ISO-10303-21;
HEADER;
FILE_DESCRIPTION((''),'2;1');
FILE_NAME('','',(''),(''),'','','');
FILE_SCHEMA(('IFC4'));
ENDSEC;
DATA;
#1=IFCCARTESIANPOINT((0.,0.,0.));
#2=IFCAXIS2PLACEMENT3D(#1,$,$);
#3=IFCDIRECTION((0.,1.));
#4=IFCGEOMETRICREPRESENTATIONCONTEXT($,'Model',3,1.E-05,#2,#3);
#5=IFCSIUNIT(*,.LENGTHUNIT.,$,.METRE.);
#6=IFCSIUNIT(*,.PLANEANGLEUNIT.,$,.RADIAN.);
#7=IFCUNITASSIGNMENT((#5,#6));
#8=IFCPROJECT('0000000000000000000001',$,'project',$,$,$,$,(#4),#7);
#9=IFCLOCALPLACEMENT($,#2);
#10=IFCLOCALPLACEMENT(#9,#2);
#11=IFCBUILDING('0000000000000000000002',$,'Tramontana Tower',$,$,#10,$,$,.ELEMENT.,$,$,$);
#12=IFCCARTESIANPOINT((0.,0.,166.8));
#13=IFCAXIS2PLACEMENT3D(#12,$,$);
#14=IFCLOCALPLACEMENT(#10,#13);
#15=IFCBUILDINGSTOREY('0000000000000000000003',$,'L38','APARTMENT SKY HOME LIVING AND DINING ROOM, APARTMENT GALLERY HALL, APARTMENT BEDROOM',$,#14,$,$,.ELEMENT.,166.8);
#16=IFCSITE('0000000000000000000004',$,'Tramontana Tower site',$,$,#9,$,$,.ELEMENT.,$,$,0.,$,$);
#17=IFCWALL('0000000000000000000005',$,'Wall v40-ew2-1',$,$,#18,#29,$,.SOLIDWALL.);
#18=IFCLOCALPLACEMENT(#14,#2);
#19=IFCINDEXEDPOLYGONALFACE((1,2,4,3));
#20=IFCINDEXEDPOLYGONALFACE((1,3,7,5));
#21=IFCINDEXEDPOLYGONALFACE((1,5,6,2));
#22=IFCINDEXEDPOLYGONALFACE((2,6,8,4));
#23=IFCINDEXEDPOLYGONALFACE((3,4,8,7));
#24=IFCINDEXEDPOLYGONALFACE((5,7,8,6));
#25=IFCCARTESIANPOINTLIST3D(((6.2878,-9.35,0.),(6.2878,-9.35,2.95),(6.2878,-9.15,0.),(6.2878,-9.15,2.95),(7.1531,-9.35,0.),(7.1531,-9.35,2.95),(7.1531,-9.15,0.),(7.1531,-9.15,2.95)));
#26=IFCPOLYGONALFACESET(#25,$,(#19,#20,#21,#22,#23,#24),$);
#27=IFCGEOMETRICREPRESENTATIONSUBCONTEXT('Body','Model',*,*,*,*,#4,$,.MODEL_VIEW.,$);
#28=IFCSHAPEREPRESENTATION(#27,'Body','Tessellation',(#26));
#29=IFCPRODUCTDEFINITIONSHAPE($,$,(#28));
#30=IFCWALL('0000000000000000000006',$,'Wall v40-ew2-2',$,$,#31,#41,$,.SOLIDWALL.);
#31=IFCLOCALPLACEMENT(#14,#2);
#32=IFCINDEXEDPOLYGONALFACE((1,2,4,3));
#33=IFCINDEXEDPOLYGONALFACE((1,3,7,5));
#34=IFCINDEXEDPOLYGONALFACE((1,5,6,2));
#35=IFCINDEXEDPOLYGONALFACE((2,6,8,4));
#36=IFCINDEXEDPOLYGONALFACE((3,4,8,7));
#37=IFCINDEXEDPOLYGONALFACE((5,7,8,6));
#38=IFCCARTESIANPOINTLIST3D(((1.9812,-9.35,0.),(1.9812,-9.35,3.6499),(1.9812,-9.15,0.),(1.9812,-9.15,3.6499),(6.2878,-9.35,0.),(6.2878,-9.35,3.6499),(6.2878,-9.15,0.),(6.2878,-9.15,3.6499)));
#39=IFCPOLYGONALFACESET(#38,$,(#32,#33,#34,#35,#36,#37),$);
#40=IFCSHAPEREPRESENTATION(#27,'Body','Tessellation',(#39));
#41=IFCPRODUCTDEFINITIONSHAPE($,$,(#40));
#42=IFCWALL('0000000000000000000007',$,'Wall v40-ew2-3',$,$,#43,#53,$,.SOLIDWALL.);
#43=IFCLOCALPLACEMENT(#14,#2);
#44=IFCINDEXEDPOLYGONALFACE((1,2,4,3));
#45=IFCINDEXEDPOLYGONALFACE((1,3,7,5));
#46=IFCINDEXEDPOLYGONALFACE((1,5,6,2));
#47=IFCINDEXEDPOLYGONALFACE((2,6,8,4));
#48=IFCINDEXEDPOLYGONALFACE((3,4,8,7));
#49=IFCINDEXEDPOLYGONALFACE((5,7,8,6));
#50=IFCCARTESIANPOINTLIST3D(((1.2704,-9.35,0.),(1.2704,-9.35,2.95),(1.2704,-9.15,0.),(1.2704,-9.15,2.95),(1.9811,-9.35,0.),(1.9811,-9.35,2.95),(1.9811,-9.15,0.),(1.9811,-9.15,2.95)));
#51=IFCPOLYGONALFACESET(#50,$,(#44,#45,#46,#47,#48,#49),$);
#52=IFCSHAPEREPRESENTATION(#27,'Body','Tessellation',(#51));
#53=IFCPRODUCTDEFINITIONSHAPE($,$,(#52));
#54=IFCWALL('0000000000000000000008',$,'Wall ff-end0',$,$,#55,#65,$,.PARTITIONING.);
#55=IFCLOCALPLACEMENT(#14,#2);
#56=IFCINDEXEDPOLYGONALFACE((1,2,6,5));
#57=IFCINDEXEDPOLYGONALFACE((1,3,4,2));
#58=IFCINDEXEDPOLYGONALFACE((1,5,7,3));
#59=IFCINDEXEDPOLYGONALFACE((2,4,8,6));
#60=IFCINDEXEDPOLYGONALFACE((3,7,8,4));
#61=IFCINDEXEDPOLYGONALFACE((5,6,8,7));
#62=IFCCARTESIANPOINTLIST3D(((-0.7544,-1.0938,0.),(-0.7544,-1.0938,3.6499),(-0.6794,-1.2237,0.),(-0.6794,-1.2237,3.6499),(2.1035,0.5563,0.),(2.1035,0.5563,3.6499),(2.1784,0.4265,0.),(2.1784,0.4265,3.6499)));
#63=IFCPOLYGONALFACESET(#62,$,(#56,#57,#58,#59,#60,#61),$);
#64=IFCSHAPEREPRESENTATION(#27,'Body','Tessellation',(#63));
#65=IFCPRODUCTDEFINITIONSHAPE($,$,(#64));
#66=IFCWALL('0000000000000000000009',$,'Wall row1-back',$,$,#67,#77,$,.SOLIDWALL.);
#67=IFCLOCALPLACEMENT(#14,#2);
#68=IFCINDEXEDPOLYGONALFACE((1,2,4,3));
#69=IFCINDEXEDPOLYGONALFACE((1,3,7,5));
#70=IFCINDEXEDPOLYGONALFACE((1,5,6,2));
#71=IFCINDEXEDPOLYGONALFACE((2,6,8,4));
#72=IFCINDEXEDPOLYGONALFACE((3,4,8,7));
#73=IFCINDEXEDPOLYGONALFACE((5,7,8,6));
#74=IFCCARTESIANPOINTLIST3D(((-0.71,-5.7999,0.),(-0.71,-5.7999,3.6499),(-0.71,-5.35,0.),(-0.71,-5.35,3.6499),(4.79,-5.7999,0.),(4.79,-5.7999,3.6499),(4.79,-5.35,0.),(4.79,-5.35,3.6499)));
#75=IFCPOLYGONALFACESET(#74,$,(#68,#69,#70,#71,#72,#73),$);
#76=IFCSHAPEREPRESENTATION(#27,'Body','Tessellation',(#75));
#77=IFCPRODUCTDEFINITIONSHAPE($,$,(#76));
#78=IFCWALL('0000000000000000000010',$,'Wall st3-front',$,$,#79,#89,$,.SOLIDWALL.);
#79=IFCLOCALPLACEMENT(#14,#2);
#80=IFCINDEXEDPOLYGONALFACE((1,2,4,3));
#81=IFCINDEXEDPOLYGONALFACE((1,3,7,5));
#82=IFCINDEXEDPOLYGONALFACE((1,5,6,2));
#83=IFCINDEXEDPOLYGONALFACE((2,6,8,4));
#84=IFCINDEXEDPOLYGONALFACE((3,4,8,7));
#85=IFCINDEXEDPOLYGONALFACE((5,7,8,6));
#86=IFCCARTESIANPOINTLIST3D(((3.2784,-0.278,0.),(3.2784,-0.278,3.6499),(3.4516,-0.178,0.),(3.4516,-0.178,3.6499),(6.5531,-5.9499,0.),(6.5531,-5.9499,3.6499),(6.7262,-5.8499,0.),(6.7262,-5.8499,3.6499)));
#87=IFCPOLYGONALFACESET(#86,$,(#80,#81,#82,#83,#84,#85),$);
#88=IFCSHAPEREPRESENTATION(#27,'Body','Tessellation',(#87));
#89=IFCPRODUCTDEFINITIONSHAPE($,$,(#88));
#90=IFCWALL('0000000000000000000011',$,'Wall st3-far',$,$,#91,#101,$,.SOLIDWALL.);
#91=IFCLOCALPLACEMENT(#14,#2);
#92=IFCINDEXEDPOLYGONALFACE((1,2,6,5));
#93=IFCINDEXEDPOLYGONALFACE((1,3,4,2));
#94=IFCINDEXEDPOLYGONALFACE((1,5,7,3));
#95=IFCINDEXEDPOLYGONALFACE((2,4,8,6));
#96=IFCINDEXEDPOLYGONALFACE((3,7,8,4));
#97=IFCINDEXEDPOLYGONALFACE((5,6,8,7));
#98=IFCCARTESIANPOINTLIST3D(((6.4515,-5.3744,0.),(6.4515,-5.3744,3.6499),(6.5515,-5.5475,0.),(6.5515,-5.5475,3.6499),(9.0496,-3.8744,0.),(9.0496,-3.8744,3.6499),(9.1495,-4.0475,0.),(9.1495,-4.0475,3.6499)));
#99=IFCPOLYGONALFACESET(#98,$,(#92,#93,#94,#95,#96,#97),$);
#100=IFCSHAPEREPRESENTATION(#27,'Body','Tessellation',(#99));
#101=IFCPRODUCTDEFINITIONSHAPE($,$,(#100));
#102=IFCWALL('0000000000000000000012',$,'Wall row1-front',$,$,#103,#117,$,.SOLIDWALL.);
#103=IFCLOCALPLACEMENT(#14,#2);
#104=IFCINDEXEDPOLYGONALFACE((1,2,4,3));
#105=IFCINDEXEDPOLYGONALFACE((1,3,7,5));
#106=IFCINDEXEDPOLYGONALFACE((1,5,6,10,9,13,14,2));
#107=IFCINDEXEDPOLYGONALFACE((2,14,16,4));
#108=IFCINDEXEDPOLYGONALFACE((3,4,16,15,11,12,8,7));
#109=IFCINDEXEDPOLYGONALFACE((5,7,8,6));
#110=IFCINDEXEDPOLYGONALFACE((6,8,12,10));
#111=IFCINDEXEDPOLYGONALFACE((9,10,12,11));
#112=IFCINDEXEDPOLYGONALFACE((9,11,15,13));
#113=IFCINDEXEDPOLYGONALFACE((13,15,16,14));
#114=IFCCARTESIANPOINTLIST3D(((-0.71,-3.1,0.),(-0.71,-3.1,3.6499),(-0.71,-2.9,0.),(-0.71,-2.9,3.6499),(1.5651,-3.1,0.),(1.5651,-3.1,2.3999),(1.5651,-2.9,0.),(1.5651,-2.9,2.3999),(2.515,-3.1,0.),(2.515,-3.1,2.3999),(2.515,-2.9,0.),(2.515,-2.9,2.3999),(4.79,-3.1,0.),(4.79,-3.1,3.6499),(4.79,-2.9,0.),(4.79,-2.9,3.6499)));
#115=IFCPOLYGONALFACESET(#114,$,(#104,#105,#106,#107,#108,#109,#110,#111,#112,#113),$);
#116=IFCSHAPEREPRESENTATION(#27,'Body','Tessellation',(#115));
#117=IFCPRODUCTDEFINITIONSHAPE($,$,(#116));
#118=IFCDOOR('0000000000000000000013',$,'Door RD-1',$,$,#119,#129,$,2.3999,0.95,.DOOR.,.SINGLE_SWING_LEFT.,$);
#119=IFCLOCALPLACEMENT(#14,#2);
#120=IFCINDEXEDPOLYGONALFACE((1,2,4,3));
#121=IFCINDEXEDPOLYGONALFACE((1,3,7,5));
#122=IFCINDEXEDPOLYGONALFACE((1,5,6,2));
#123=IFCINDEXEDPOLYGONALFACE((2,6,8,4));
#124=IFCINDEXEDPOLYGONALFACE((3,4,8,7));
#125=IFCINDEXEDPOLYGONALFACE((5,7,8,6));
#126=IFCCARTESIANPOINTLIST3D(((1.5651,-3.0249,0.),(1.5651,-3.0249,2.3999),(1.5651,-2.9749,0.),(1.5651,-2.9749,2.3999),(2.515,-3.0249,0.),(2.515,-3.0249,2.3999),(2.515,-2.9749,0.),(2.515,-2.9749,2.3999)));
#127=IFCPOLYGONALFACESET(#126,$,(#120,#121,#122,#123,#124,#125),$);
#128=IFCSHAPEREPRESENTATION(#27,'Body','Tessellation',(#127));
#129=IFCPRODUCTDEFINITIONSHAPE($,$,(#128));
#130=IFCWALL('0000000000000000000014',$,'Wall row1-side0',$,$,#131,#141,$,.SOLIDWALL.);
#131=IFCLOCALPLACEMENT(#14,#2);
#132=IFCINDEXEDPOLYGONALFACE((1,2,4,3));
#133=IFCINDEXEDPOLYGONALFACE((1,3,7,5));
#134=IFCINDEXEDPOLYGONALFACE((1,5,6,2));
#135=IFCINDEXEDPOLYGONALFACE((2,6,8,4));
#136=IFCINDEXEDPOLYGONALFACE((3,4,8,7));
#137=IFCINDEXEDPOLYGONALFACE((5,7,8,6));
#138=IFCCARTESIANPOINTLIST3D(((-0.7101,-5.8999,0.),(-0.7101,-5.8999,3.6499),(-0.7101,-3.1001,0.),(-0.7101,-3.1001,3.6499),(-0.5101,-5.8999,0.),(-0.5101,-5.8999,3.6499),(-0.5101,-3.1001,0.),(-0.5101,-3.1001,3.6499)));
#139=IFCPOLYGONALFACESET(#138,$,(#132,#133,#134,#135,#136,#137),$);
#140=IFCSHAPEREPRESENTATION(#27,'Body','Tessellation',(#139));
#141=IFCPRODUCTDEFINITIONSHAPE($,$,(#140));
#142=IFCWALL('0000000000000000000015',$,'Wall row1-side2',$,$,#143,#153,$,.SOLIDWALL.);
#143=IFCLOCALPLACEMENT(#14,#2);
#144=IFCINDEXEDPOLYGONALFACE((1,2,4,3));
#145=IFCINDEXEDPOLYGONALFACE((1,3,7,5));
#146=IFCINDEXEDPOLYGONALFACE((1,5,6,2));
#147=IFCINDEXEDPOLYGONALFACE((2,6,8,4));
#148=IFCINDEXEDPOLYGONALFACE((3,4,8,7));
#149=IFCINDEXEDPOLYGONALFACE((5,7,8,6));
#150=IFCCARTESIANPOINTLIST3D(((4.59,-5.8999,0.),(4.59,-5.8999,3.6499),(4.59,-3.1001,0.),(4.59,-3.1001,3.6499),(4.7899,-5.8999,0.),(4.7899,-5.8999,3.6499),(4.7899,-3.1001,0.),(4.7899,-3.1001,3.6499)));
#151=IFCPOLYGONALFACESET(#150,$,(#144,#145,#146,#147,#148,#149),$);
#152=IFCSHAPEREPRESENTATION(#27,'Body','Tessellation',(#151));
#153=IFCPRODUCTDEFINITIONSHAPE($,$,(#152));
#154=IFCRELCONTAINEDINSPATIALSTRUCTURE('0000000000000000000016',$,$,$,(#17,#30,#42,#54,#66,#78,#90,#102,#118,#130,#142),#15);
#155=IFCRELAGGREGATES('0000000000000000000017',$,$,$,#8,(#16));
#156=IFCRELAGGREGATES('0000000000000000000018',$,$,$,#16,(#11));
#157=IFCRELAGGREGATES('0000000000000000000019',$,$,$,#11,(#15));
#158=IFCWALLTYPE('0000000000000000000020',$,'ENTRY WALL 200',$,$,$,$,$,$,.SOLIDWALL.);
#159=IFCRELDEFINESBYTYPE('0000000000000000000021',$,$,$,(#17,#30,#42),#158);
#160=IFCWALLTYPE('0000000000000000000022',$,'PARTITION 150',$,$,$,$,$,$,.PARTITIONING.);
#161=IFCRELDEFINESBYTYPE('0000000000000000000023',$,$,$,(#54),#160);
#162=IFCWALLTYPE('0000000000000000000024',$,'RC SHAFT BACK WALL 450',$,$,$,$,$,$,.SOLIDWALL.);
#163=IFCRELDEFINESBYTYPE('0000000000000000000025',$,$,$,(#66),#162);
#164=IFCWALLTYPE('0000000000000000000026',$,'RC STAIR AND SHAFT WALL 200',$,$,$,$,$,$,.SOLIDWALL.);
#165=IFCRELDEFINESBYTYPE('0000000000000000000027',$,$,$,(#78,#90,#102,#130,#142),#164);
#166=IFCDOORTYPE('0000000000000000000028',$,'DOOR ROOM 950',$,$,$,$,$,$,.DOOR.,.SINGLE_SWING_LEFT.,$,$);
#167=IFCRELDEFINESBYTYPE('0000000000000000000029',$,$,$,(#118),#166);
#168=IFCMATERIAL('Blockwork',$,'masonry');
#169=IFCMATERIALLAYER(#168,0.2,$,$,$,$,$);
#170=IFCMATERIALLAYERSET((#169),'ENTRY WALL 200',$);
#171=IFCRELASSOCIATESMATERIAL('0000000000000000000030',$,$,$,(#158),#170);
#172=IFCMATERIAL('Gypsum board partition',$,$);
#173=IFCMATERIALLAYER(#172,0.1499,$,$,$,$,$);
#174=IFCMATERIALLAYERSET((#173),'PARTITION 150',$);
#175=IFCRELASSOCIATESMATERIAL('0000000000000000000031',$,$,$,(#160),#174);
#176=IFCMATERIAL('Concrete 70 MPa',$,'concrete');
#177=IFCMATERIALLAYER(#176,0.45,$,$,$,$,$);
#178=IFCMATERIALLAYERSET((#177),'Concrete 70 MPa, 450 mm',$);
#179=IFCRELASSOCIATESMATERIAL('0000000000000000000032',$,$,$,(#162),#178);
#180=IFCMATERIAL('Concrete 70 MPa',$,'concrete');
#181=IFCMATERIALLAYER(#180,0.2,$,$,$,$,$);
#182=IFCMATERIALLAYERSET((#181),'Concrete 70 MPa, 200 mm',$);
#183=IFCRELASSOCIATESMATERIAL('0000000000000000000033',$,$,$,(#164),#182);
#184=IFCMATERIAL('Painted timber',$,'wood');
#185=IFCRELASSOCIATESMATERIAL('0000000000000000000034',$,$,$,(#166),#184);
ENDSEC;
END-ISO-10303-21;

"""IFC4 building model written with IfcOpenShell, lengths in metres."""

from ifc_helpers import new_model, si_unit, direction, frame, frame_2d, origin, place, context, subcontext, project, spatial, rectangle, extrude, material, layer, layer_set, type_object, element, fill, save


model = new_model("IFC4")

# Units and contexts
model_context = context("Model", 3, precision=1e-05, world=origin(), true_north=direction((0.0, 1.0)))
body_context = subcontext(model_context, "Body", "Model", "MODEL_VIEW")
ifc_project = project(units=[si_unit("LENGTHUNIT", "METRE"), si_unit("PLANEANGLEUNIT", "RADIAN")], contexts=[model_context])

# Site, building, storey
site_placement = place(None, origin())
site = spatial("IfcSite", under=ifc_project, at=site_placement, Name="Tramontana Tower site", CompositionType="ELEMENT", RefElevation=0.0)
building_placement = place(site_placement, origin())
building = spatial("IfcBuilding", under=site, at=building_placement, Name="Tramontana Tower", CompositionType="ELEMENT")
storey_placement = place(building_placement, frame((0.0, 0.0, 166.8)))
storey = spatial("IfcBuildingStorey", under=building, at=storey_placement, Name="L38", Description="APARTMENT SKY HOME LIVING AND DINING ROOM, APARTMENT GALLERY HALL, APARTMENT BEDROOM", CompositionType="ELEMENT", Elevation=166.8)

# Walls
ifc_material_1 = material(Name="Blockwork", Category="masonry")
ifc_layer_1 = layer(ifc_material_1, 0.2)
ifc_layer_set_1 = layer_set([ifc_layer_1], Name="ENTRY WALL 200")
wall_type_1 = type_object("IfcWallType", Name="ENTRY WALL 200", PredefinedType="SOLIDWALL", material=ifc_layer_set_1)
wall_1_placement = place(storey_placement, frame((7.1531, -9.25, 0.0), z_axis=(0.0, 0.0, 1.0), x_axis=(-1.0, 0.0, 0.0)))
element("IfcWall", 1, at=wall_1_placement, inside=storey, type_object=wall_type_1, Name="Wall v40-ew2-1", PredefinedType="SOLIDWALL", context=body_context, shape_type="SweptSolid", body=[
    extrude(rectangle(XDim=0.8652, YDim=0.2, at=frame_2d((0.4326, 0.0))), origin(), (0.0, 0.0, 1.0), 2.95),
])
wall_2_placement = place(storey_placement, frame((6.2878, -9.25, 0.0), z_axis=(0.0, 0.0, 1.0), x_axis=(-1.0, 0.0, 0.0)))
element("IfcWall", 2, at=wall_2_placement, inside=storey, type_object=wall_type_1, Name="Wall v40-ew2-2", PredefinedType="SOLIDWALL", context=body_context, shape_type="SweptSolid", body=[
    extrude(rectangle(XDim=4.3066, YDim=0.2, at=frame_2d((2.1533, 0.0))), origin(), (0.0, 0.0, 1.0), 3.6499),
])
wall_3_placement = place(storey_placement, frame((1.9812, -9.25, 0.0), z_axis=(0.0, 0.0, 1.0), x_axis=(-1.0, 0.0, 0.0)))
element("IfcWall", 3, at=wall_3_placement, inside=storey, type_object=wall_type_1, Name="Wall v40-ew2-3", PredefinedType="SOLIDWALL", context=body_context, shape_type="SweptSolid", body=[
    extrude(rectangle(XDim=0.7107, YDim=0.2, at=frame_2d((0.3555, 0.0))), origin(), (0.0, 0.0, 1.0), 2.95),
])

# Shared definitions
ifc_material_2 = material(Name="Gypsum board partition")
ifc_layer_2 = layer(ifc_material_2, 0.1499)
ifc_layer_set_2 = layer_set([ifc_layer_2], Name="PARTITION 150")
wall_type_2 = type_object("IfcWallType", Name="PARTITION 150", PredefinedType="PARTITIONING", material=ifc_layer_set_2)

# Walls
wall_4_placement = place(storey_placement, frame((-0.7168, -1.1587, 0.0), z_axis=(0.0, 0.0, 1.0), x_axis=(0.866008, 0.50003, 0.0)))
element("IfcWall", 4, at=wall_4_placement, inside=storey, type_object=wall_type_2, Name="Wall ff-end0", PredefinedType="PARTITIONING", context=body_context, shape_type="SweptSolid", body=[
    extrude(rectangle(XDim=3.3, YDim=0.1499, at=frame_2d((1.6499, 0.0))), origin(), (0.0, 0.0, 1.0), 3.6499),
])
ifc_material_3 = material(Name="Concrete 70 MPa", Category="concrete")
ifc_layer_3 = layer(ifc_material_3, 0.45)
ifc_layer_set_3 = layer_set([ifc_layer_3], Name="Concrete 70 MPa, 450 mm")
wall_type_3 = type_object("IfcWallType", Name="RC SHAFT BACK WALL 450", PredefinedType="SOLIDWALL", material=ifc_layer_set_3)
wall_5_placement = place(storey_placement, frame((-0.71, -5.575, 0.0), z_axis=(0.0, 0.0, 1.0), x_axis=(1.0, 0.0, 0.0)))
element("IfcWall", 5, at=wall_5_placement, inside=storey, type_object=wall_type_3, Name="Wall row1-back", PredefinedType="SOLIDWALL", context=body_context, shape_type="SweptSolid", body=[
    extrude(rectangle(XDim=5.5, YDim=0.45, at=frame_2d((2.75, 0.0))), origin(), (0.0, 0.0, 1.0), 3.6499),
])

# Shared definitions
ifc_material_4 = material(Name="Concrete 70 MPa", Category="concrete")
ifc_layer_4 = layer(ifc_material_4, 0.2)
ifc_layer_set_4 = layer_set([ifc_layer_4], Name="Concrete 70 MPa, 200 mm")
wall_type_4 = type_object("IfcWallType", Name="RC STAIR AND SHAFT WALL 200", PredefinedType="SOLIDWALL", material=ifc_layer_set_4)

# Walls
wall_6_placement = place(storey_placement, frame((6.6396, -5.8999, 0.0), z_axis=(0.0, 0.0, 1.0), x_axis=(-0.5, 0.866025, 0.0)))
element("IfcWall", 6, at=wall_6_placement, inside=storey, type_object=wall_type_4, Name="Wall st3-front", PredefinedType="SOLIDWALL", context=body_context, shape_type="SweptSolid", body=[
    extrude(rectangle(XDim=6.5493, YDim=0.2, at=frame_2d((3.2747, 0.0))), origin(), (0.0, 0.0, 1.0), 3.6499),
])
wall_7_placement = place(storey_placement, frame((6.5015, -5.4609, 0.0), z_axis=(0.0, 0.0, 1.0), x_axis=(0.866031, 0.49999, 0.0)))
element("IfcWall", 7, at=wall_7_placement, inside=storey, type_object=wall_type_4, Name="Wall st3-far", PredefinedType="SOLIDWALL", context=body_context, shape_type="SweptSolid", body=[
    extrude(rectangle(XDim=3.0, YDim=0.2, at=frame_2d((1.5, 0.0))), origin(), (0.0, 0.0, 1.0), 3.6499),
])

# Wall, opening, door
wall_8_placement = place(storey_placement, frame((4.79, -3.0, 0.0), z_axis=(0.0, 0.0, 1.0), x_axis=(-1.0, 0.0, 0.0)))
wall_8 = element("IfcWall", 8, at=wall_8_placement, inside=storey, type_object=wall_type_4, Name="Wall row1-front", PredefinedType="SOLIDWALL", context=body_context, shape_type="SweptSolid", body=[
    extrude(rectangle(XDim=5.5, YDim=0.2, at=frame_2d((2.75, 0.0))), origin(), (0.0, 0.0, 1.0), 3.6499),
])
opening_1_placement = place(wall_8_placement, frame((2.2749, 0.0, 0.0)))
opening_1 = element("IfcOpeningElement", 9, at=opening_1_placement, cuts=wall_8, PredefinedType="OPENING", context=body_context, shape_type="SweptSolid", body=[
    extrude(rectangle(XDim=0.95, YDim=2.3999, at=frame_2d((0.4751, 1.2))), frame((0.0, 0.1099, 0.0), z_axis=(0.0, -1.0, 0.0), x_axis=(1.0, 0.0, 0.0)), (0.0, 0.0, 1.0), 0.22),
])
ifc_material_5 = material(Name="Painted timber", Category="wood")
door_type_1 = type_object("IfcDoorType", Name="DOOR ROOM 950", OperationType="SINGLE_SWING_LEFT", PredefinedType="DOOR", material=ifc_material_5)
door_1_placement = place(opening_1_placement, origin())
door_1 = element("IfcDoor", 10, at=door_1_placement, inside=storey, type_object=door_type_1, Name="Door RD-1", OperationType="SINGLE_SWING_LEFT", OverallHeight=2.3999, OverallWidth=0.95, PredefinedType="DOOR", context=body_context, shape_type="SweptSolid", body=[
    extrude(rectangle(XDim=0.95, YDim=2.3999, at=frame_2d((0.4751, 1.2))), frame((0.0, 0.0249, 0.0), z_axis=(0.0, -1.0, 0.0), x_axis=(1.0, 0.0, 0.0)), (0.0, 0.0, 1.0), 0.05),
])
fill(opening_1, door_1)

# Walls
for number, where, z_axis, x_axis, name in (
    (11, (-0.6101, -3.1001, 0.0), (0.0, 0.0, 1.0), (0.0, -1.0, 0.0), "Wall row1-side0"),
    (12, (4.6899, -3.1001, 0.0), (0.0, 0.0, 1.0), (0.0, -1.0, 0.0), "Wall row1-side2"),
):
    element("IfcWall", number, at=place(storey_placement, frame(where, z_axis=z_axis, x_axis=x_axis)), inside=storey, type_object=wall_type_4, Name=name, PredefinedType="SOLIDWALL", context=body_context, shape_type="SweptSolid", body=[
        extrude(rectangle(XDim=2.7998, YDim=0.2, at=frame_2d((1.3999, 0.0))), origin(), (0.0, 0.0, 1.0), 3.6499),
    ])

save(model, "model.ifc")
